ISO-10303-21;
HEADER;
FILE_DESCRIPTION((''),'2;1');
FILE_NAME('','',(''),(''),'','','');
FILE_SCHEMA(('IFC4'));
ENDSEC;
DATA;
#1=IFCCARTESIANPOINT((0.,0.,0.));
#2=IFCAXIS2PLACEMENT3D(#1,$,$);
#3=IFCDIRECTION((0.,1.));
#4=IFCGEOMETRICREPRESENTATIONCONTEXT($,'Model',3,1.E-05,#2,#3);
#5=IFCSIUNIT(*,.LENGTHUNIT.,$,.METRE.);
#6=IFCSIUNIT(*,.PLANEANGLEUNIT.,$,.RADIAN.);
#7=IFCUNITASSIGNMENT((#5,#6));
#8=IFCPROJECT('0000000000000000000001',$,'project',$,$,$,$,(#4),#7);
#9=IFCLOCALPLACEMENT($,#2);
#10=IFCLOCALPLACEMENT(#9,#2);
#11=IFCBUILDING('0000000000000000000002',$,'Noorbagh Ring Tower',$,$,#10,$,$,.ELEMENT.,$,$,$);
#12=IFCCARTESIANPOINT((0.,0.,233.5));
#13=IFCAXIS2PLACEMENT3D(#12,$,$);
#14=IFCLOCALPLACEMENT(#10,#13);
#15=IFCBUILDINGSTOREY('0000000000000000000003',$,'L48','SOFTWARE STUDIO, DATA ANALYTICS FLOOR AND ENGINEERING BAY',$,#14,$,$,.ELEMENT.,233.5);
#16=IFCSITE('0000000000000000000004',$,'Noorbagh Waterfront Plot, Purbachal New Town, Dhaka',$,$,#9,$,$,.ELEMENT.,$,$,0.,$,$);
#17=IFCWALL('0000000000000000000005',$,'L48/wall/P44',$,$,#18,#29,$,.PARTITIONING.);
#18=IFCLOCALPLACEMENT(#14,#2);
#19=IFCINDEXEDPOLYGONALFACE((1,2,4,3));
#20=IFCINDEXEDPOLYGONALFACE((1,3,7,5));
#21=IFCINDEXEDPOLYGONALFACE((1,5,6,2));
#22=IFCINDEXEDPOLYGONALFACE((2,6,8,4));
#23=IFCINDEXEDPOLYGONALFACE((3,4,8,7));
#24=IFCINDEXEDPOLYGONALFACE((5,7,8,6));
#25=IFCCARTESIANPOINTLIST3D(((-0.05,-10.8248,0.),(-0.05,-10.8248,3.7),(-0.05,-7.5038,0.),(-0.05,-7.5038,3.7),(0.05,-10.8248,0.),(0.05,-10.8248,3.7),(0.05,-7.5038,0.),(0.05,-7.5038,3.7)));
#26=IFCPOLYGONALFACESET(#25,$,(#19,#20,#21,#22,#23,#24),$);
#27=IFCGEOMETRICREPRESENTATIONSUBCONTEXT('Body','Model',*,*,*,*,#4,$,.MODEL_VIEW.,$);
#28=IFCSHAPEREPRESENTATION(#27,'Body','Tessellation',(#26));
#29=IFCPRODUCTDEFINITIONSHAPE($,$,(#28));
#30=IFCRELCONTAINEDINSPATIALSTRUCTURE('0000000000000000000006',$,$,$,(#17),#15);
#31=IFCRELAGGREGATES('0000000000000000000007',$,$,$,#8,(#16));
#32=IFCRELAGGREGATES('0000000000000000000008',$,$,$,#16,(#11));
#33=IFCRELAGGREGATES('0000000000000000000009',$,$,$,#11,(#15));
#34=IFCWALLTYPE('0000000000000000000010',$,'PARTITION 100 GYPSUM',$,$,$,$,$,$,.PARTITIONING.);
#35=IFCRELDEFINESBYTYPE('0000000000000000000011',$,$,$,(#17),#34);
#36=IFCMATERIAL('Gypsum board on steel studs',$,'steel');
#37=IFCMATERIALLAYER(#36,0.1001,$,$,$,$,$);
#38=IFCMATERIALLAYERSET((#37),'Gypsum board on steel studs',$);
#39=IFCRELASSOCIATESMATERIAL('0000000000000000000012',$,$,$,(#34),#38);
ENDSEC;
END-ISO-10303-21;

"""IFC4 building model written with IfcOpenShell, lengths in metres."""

from ifc_helpers import new_model, si_unit, direction, frame, frame_2d, origin, place, context, subcontext, project, spatial, rectangle, extrude, material, layer, layer_set, type_object, element, save


model = new_model("IFC4")

# Units and contexts
model_context = context("Model", 3, precision=1e-05, world=origin(), true_north=direction((0.0, 1.0)))
body_context = subcontext(model_context, "Body", "Model", "MODEL_VIEW")
ifc_project = project(units=[si_unit("LENGTHUNIT", "METRE"), si_unit("PLANEANGLEUNIT", "RADIAN")], contexts=[model_context])

# Site, building, storey
site_placement = place(None, origin())
site = spatial("IfcSite", under=ifc_project, at=site_placement, Name="Noorbagh Waterfront Plot, Purbachal New Town, Dhaka", CompositionType="ELEMENT", RefElevation=0.0)
building_placement = place(site_placement, origin())
building = spatial("IfcBuilding", under=site, at=building_placement, Name="Noorbagh Ring Tower", CompositionType="ELEMENT")
storey_placement = place(building_placement, frame((0.0, 0.0, 233.5)))
storey = spatial("IfcBuildingStorey", under=building, at=storey_placement, Name="L48", Description="SOFTWARE STUDIO, DATA ANALYTICS FLOOR AND ENGINEERING BAY", CompositionType="ELEMENT", Elevation=233.5)

# Wall
ifc_material_1 = material(Name="Gypsum board on steel studs", Category="steel")
ifc_layer_1 = layer(ifc_material_1, 0.1001)
ifc_layer_set_1 = layer_set([ifc_layer_1], Name="Gypsum board on steel studs")
wall_type = type_object("IfcWallType", Name="PARTITION 100 GYPSUM", PredefinedType="PARTITIONING", material=ifc_layer_set_1)
wall_placement = place(storey_placement, frame((0.0, -10.825, 0.0), z_axis=(0.0, 0.0, 1.0), x_axis=(0.0, 1.0, 0.0)))
element("IfcWall", 1, at=wall_placement, inside=storey, type_object=wall_type, Name="L48/wall/P44", PredefinedType="PARTITIONING", context=body_context, shape_type="SweptSolid", body=[
    extrude(rectangle(XDim=3.321, YDim=0.1001, at=frame_2d((1.6606, 0.0))), origin(), (0.0, 0.0, 1.0), 3.7),
])

save(model, "model.ifc")
